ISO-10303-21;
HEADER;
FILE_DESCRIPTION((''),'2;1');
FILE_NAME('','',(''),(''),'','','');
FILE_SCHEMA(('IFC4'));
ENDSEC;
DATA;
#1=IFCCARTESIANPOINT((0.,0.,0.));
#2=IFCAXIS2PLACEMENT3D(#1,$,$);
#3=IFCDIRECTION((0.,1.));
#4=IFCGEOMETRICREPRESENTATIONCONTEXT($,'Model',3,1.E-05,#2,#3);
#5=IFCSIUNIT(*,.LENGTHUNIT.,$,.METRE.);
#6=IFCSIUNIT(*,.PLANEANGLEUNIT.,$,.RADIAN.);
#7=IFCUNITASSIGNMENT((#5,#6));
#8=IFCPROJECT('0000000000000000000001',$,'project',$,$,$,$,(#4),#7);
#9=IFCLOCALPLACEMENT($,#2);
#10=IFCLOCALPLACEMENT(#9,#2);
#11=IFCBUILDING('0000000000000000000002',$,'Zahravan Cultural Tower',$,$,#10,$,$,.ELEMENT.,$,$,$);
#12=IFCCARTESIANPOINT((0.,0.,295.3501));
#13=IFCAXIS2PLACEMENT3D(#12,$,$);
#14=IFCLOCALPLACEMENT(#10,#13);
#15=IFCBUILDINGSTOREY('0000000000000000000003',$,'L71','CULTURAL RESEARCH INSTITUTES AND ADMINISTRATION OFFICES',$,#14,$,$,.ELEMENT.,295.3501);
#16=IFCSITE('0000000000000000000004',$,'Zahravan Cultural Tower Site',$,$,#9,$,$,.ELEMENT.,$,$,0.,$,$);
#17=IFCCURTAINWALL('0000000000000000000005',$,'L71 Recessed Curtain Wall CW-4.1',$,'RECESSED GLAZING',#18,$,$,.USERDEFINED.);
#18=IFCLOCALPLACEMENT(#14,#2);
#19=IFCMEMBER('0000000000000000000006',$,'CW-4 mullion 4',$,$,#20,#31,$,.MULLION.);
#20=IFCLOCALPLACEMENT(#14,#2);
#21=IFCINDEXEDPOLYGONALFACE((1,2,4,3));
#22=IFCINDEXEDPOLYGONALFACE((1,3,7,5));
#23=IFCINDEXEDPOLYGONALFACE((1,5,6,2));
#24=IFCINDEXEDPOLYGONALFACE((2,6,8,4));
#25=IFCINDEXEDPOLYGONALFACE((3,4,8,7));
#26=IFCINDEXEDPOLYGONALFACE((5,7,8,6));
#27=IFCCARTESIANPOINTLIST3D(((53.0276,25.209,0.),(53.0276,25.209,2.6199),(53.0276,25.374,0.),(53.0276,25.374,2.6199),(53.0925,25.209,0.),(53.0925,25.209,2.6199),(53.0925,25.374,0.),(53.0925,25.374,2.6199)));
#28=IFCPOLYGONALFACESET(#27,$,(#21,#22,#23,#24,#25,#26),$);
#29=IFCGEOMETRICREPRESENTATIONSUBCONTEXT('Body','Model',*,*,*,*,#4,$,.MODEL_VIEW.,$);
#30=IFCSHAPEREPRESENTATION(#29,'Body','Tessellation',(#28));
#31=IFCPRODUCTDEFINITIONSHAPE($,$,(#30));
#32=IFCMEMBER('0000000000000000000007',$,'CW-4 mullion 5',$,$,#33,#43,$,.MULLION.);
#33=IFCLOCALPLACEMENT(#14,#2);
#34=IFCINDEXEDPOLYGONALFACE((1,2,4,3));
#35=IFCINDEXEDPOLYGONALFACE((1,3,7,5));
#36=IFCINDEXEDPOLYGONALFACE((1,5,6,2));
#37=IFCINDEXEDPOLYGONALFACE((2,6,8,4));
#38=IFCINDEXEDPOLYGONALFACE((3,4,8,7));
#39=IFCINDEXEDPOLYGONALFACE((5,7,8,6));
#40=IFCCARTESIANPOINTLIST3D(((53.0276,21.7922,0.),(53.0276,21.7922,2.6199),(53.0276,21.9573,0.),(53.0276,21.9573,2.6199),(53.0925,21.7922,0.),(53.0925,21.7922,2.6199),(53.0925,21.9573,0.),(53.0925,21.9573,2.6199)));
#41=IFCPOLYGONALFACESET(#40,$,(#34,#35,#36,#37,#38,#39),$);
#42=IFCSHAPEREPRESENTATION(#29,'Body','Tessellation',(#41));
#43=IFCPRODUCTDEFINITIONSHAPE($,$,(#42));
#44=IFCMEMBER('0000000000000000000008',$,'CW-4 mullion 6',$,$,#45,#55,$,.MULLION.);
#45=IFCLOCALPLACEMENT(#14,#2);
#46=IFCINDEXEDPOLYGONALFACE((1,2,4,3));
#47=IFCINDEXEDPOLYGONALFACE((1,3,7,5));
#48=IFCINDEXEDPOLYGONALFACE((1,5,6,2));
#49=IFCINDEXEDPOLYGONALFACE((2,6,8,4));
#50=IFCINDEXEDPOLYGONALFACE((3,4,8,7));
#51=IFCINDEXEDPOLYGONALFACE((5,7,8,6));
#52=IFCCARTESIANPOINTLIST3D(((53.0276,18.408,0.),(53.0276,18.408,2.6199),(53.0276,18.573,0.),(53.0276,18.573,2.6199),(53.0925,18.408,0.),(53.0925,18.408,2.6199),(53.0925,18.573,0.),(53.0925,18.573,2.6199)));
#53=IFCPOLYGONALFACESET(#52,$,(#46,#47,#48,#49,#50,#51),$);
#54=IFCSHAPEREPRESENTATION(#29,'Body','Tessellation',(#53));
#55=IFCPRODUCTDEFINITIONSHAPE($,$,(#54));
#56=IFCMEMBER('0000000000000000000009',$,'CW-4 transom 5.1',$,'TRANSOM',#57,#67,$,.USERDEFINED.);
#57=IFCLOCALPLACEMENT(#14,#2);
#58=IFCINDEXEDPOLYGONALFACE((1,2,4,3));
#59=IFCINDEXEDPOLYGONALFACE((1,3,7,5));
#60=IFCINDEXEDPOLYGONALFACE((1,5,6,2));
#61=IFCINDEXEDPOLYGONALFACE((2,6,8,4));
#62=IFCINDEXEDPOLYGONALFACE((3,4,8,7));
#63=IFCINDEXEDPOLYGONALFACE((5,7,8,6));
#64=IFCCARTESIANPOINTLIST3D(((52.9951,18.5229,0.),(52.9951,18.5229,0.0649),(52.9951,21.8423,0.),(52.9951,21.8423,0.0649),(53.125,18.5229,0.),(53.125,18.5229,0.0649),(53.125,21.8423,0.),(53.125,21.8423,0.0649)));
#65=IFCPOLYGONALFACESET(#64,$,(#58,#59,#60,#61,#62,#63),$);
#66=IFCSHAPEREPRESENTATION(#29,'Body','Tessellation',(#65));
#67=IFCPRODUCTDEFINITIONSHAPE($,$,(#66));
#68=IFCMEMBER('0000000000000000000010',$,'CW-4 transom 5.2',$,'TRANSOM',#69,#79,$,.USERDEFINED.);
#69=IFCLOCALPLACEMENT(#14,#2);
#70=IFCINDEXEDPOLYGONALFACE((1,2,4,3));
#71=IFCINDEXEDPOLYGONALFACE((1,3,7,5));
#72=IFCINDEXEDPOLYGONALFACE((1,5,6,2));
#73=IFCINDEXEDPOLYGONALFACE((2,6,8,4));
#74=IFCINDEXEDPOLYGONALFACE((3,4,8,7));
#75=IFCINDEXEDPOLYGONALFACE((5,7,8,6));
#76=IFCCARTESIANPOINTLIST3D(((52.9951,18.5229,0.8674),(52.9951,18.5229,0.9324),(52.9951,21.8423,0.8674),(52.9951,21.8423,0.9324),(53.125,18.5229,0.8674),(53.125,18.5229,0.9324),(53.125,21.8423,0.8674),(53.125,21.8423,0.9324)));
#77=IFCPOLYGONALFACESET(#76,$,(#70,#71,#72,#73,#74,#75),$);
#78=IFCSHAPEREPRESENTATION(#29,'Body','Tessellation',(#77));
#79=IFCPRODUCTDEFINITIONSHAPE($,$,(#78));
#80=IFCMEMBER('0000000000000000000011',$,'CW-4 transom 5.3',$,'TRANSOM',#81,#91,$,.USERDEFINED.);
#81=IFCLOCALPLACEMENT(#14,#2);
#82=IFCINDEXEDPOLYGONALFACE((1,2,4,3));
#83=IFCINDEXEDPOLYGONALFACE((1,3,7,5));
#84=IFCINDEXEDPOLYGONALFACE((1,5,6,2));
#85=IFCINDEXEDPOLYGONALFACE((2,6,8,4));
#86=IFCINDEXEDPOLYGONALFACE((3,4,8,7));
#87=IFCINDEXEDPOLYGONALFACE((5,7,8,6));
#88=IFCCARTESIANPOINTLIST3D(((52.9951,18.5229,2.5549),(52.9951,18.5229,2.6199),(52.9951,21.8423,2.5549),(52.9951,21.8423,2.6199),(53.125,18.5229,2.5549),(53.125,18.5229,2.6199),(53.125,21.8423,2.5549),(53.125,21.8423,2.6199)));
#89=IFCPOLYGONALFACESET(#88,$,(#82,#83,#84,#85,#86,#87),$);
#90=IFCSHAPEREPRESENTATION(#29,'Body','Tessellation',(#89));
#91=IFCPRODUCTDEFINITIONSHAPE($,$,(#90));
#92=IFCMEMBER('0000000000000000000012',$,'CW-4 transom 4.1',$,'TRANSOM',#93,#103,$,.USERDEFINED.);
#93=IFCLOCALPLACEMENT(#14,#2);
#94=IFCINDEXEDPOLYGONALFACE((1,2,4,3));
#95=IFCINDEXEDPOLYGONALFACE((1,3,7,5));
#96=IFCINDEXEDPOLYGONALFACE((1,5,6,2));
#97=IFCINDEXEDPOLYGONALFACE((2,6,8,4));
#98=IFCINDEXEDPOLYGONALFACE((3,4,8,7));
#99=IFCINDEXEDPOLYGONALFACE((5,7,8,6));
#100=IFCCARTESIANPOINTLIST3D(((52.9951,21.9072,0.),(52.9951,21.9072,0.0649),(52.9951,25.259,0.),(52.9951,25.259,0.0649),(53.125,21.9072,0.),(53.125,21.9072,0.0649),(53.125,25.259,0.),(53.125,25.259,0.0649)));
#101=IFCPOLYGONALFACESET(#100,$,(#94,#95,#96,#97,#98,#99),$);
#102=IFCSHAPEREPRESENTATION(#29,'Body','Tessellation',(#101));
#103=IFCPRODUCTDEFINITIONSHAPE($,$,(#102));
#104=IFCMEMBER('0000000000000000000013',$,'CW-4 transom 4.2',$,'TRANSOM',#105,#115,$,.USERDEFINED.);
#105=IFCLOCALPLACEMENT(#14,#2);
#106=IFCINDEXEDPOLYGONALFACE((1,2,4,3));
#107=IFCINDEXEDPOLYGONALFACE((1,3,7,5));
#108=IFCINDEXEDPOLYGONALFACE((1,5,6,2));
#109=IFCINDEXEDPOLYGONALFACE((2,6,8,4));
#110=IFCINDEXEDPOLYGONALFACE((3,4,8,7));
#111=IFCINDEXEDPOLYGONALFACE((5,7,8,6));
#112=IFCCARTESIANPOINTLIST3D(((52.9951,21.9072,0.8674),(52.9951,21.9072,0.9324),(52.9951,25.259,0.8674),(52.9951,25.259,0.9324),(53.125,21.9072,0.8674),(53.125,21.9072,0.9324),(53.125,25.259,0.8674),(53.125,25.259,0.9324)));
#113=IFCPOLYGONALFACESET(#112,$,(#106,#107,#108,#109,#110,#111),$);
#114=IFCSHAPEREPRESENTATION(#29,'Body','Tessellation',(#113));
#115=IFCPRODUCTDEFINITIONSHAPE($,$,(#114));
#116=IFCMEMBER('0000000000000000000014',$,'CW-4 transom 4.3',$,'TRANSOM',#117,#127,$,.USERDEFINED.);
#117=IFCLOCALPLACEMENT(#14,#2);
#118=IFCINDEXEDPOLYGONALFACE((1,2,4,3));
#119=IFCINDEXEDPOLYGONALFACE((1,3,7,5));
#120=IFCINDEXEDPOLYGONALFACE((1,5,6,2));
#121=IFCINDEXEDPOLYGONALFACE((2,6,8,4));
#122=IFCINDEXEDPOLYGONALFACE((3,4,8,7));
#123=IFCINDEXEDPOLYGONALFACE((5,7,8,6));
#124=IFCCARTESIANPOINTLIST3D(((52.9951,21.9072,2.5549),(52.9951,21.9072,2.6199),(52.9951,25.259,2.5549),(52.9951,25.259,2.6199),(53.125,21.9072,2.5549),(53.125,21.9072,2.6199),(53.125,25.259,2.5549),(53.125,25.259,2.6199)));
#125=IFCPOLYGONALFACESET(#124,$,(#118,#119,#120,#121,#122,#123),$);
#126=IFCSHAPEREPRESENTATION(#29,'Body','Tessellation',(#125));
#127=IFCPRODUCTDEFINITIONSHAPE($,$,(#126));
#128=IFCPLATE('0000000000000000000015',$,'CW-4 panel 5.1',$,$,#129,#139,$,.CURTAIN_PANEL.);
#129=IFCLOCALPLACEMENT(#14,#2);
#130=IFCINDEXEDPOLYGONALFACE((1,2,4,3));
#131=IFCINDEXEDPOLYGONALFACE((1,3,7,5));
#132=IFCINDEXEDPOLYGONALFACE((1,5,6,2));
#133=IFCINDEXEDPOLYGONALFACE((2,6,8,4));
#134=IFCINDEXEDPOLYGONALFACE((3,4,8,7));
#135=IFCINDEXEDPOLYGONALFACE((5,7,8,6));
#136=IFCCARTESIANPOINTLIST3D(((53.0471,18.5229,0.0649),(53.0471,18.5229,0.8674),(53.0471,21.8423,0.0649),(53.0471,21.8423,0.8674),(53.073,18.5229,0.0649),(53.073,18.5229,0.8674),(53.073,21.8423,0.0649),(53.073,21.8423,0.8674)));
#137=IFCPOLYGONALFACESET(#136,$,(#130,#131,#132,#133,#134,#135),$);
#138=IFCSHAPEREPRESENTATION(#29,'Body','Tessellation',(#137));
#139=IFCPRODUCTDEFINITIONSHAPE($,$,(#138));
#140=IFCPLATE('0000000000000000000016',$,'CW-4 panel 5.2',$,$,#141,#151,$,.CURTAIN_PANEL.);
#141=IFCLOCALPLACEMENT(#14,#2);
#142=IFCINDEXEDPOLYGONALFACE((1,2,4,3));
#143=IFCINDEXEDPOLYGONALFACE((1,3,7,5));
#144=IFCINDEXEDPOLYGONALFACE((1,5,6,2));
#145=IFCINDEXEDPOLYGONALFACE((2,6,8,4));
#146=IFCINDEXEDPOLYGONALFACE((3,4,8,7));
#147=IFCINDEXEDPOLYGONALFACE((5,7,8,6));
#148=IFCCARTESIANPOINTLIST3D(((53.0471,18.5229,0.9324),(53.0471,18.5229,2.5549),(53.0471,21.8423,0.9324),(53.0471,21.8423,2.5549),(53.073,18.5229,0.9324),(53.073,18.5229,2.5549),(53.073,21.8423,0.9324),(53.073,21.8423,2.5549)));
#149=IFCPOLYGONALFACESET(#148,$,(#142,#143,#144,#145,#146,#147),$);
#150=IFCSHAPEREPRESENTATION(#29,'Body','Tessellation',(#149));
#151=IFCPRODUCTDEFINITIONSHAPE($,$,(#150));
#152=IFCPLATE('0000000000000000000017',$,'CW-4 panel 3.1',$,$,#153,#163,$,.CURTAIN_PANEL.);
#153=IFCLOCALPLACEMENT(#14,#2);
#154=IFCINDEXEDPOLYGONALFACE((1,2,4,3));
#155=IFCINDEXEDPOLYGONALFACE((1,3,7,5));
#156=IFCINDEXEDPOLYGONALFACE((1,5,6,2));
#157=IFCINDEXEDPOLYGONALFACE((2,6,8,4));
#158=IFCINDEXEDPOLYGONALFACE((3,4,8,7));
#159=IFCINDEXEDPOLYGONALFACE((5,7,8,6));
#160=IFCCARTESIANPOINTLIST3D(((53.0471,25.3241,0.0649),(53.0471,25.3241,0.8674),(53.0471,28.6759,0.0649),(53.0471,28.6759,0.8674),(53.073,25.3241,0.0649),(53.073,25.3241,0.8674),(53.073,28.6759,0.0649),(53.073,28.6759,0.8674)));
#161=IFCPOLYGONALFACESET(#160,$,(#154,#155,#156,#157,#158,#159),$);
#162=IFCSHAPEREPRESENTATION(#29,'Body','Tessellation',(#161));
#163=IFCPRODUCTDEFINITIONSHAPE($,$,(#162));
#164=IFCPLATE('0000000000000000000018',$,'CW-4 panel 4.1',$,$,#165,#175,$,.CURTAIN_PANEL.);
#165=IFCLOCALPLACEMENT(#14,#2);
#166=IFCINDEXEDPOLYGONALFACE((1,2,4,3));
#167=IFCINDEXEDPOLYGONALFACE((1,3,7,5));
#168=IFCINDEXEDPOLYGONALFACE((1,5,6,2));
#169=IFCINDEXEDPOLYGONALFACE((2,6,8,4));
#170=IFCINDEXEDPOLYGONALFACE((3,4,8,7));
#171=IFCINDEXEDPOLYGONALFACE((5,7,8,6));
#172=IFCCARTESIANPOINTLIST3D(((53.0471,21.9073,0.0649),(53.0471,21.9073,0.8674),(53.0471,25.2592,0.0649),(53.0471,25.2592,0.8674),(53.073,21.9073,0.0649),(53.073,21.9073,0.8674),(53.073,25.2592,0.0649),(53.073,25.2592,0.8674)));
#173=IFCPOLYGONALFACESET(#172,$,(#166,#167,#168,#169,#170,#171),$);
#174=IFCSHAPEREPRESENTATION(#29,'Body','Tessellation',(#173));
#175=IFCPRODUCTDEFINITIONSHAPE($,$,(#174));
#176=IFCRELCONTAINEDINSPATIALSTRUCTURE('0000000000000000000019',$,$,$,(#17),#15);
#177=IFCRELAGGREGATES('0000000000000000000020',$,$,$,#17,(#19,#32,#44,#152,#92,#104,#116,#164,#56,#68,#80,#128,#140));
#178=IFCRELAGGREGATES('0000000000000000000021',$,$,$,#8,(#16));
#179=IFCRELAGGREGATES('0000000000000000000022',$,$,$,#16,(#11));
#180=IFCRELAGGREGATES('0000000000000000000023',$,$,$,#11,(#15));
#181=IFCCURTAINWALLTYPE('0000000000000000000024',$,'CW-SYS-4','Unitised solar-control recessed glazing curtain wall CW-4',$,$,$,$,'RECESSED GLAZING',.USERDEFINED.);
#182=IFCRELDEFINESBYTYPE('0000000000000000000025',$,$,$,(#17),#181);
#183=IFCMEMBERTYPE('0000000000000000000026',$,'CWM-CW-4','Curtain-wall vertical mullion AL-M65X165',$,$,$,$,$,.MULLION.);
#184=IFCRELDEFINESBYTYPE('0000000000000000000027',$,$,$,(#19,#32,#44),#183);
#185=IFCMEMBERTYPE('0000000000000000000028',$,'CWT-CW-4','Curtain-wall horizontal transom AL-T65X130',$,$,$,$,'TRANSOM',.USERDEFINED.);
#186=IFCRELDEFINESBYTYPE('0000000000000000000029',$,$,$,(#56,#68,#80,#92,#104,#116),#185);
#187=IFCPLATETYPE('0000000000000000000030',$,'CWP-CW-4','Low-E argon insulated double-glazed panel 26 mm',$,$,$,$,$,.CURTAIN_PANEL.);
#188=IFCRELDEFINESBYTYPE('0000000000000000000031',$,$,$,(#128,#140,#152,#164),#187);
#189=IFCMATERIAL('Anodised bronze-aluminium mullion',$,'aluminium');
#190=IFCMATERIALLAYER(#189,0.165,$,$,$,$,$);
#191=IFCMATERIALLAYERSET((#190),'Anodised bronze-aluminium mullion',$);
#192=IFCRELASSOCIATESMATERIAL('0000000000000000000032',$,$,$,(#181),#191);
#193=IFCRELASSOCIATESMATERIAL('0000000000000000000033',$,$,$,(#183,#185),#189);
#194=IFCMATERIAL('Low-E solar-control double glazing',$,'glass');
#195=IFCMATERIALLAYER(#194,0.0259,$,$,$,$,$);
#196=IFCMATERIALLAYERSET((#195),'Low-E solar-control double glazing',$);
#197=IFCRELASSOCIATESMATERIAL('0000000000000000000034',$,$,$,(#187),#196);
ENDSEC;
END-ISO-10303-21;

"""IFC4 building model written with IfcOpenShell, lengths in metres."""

from ifc_helpers import new_model, si_unit, direction, frame, origin, origin_2d, place, context, subcontext, project, spatial, rectangle, extrude, source, transform, mapped, material, layer, layer_set, material_profile, profile_set, type_object, element, aggregate, save


model = new_model("IFC4")

# Units and contexts
model_context = context("Model", 3, precision=1e-05, world=origin(), true_north=direction((0.0, 1.0)))
body_context = subcontext(model_context, "Body", "Model", "MODEL_VIEW")
ifc_project = project(units=[si_unit("LENGTHUNIT", "METRE"), si_unit("PLANEANGLEUNIT", "RADIAN")], contexts=[model_context])

# Site, building, storey
site_placement = place(None, origin())
site = spatial("IfcSite", under=ifc_project, at=site_placement, Name="Zahravan Cultural Tower Site", CompositionType="ELEMENT", RefElevation=0.0)
building_placement = place(site_placement, origin())
building = spatial("IfcBuilding", under=site, at=building_placement, Name="Zahravan Cultural Tower", CompositionType="ELEMENT")
storey_placement = place(building_placement, frame((0.0, 0.0, 295.3501)))
storey = spatial("IfcBuildingStorey", under=building, at=storey_placement, Name="L71", Description="CULTURAL RESEARCH INSTITUTES AND ADMINISTRATION OFFICES", CompositionType="ELEMENT", Elevation=295.3501)

# Curtain wall, members, plates
ifc_material_1 = material(Name="Anodised bronze-aluminium mullion", Category="aluminium")
ifc_layer_1 = layer(ifc_material_1, 0.165)
ifc_layer_set_1 = layer_set([ifc_layer_1], Name="Anodised bronze-aluminium mullion")
curtain_wall_type = type_object("IfcCurtainWallType", Name="CW-SYS-4", Description="Unitised solar-control recessed glazing curtain wall CW-4", ElementType="RECESSED GLAZING", PredefinedType="USERDEFINED", material=ifc_layer_set_1)
curtain_wall_placement = place(storey_placement, origin())
curtain_wall = element("IfcCurtainWall", 1, at=curtain_wall_placement, inside=storey, type_object=curtain_wall_type, Name="L71 Recessed Curtain Wall CW-4.1", ObjectType="RECESSED GLAZING", PredefinedType="USERDEFINED")
ifc_material_profile_1 = material_profile(ifc_material_1, rectangle(XDim=0.0649, YDim=0.165, at=origin_2d()), Name="AL-M65X165")
ifc_profile_set_1 = profile_set([ifc_material_profile_1], Name="Anodised bronze-aluminium mullion")
member_type_1 = type_object("IfcMemberType", Name="CWM-CW-4", Description="Curtain-wall vertical mullion AL-M65X165", PredefinedType="MULLION", material=ifc_profile_set_1)
shared_shape_1 = source(origin(), body_context, "Body", "SweptSolid", [
    extrude(rectangle(XDim=0.0649, YDim=0.165, at=origin_2d()), origin(), (0.0, 0.0, 1.0), 2.6199),
])
member_1_placement = place(storey_placement, frame((53.0601, 25.2915, 0.0), z_axis=(0.0, 0.0, 1.0), x_axis=(1.0, 0.0, 0.0)))
member_1 = element("IfcMember", 2, at=member_1_placement, type_object=member_type_1, Name="CW-4 mullion 4", PredefinedType="MULLION", context=body_context, shape_type="MappedRepresentation", body=[
    mapped(shared_shape_1, transform((0.0, 0.0, 0.0), x_axis=(1.0, 0.0, 0.0), y_axis=(0.0, 1.0, 0.0), z_axis=(0.0, 0.0, 1.0), scale=1.0)),
])
member_2_placement = place(storey_placement, frame((53.0601, 21.8748, 0.0), z_axis=(0.0, 0.0, 1.0), x_axis=(1.0, 0.0, 0.0)))
member_2 = element("IfcMember", 3, at=member_2_placement, type_object=member_type_1, Name="CW-4 mullion 5", PredefinedType="MULLION", context=body_context, shape_type="MappedRepresentation", body=[
    mapped(shared_shape_1, transform((0.0, 0.0, 0.0), x_axis=(1.0, 0.0, 0.0), y_axis=(0.0, 1.0, 0.0), z_axis=(0.0, 0.0, 1.0), scale=1.0)),
])
member_3_placement = place(storey_placement, frame((53.0601, 18.4905, 0.0), z_axis=(0.0, 0.0, 1.0), x_axis=(1.0, 0.0, 0.0)))
member_3 = element("IfcMember", 4, at=member_3_placement, type_object=member_type_1, Name="CW-4 mullion 6", PredefinedType="MULLION", context=body_context, shape_type="MappedRepresentation", body=[
    mapped(shared_shape_1, transform((0.0, 0.0, 0.0), x_axis=(1.0, 0.0, 0.0), y_axis=(0.0, 1.0, 0.0), z_axis=(0.0, 0.0, 1.0), scale=1.0)),
])
ifc_material_profile_2 = material_profile(ifc_material_1, rectangle(XDim=0.1299, YDim=0.0649, at=origin_2d()), Name="AL-T65X130")
ifc_profile_set_2 = profile_set([ifc_material_profile_2], Name="Anodised bronze-aluminium mullion")
member_type_2 = type_object("IfcMemberType", Name="CWT-CW-4", Description="Curtain-wall horizontal transom AL-T65X130", ElementType="TRANSOM", PredefinedType="USERDEFINED", material=ifc_profile_set_2)
shared_shape_2 = source(origin(), body_context, "Body", "SweptSolid", [
    extrude(rectangle(XDim=0.1299, YDim=0.0649, at=origin_2d()), origin(), (0.0, 0.0, 1.0), 3.3193),
])
member_4_placement = place(storey_placement, frame((53.0601, 21.8423, 0.0325), z_axis=(0.0, -1.0, 0.0), x_axis=(1.0, 0.0, 0.0)))
member_4 = element("IfcMember", 5, at=member_4_placement, type_object=member_type_2, Name="CW-4 transom 5.1", ObjectType="TRANSOM", PredefinedType="USERDEFINED", context=body_context, shape_type="MappedRepresentation", body=[
    mapped(shared_shape_2, transform((0.0, 0.0, 0.0), x_axis=(1.0, 0.0, 0.0), y_axis=(0.0, 1.0, 0.0), z_axis=(0.0, 0.0, 1.0), scale=1.0)),
])
member_5_placement = place(storey_placement, frame((53.0601, 21.8423, 0.8999), z_axis=(0.0, -1.0, 0.0), x_axis=(1.0, 0.0, 0.0)))
member_5 = element("IfcMember", 6, at=member_5_placement, type_object=member_type_2, Name="CW-4 transom 5.2", ObjectType="TRANSOM", PredefinedType="USERDEFINED", context=body_context, shape_type="MappedRepresentation", body=[
    mapped(shared_shape_2, transform((0.0, 0.0, 0.0), x_axis=(1.0, 0.0, 0.0), y_axis=(0.0, 1.0, 0.0), z_axis=(0.0, 0.0, 1.0), scale=1.0)),
])
member_6_placement = place(storey_placement, frame((53.0601, 21.8423, 2.5874), z_axis=(0.0, -1.0, 0.0), x_axis=(1.0, 0.0, 0.0)))
member_6 = element("IfcMember", 7, at=member_6_placement, type_object=member_type_2, Name="CW-4 transom 5.3", ObjectType="TRANSOM", PredefinedType="USERDEFINED", context=body_context, shape_type="MappedRepresentation", body=[
    mapped(shared_shape_2, transform((0.0, 0.0, 0.0), x_axis=(1.0, 0.0, 0.0), y_axis=(0.0, 1.0, 0.0), z_axis=(0.0, 0.0, 1.0), scale=1.0)),
])
shared_shape_3 = source(origin(), body_context, "Body", "SweptSolid", [
    extrude(rectangle(XDim=0.1299, YDim=0.0649, at=origin_2d()), origin(), (0.0, 0.0, 1.0), 3.3518),
])
member_7_placement = place(storey_placement, frame((53.0601, 25.259, 0.0325), z_axis=(0.0, -1.0, 0.0), x_axis=(1.0, 0.0, 0.0)))
member_7 = element("IfcMember", 8, at=member_7_placement, type_object=member_type_2, Name="CW-4 transom 4.1", ObjectType="TRANSOM", PredefinedType="USERDEFINED", context=body_context, shape_type="MappedRepresentation", body=[
    mapped(shared_shape_3, transform((0.0, 0.0, 0.0), x_axis=(1.0, 0.0, 0.0), y_axis=(0.0, 1.0, 0.0), z_axis=(0.0, 0.0, 1.0), scale=1.0)),
])
member_8_placement = place(storey_placement, frame((53.0601, 25.259, 0.8999), z_axis=(0.0, -1.0, 0.0), x_axis=(1.0, 0.0, 0.0)))
member_8 = element("IfcMember", 9, at=member_8_placement, type_object=member_type_2, Name="CW-4 transom 4.2", ObjectType="TRANSOM", PredefinedType="USERDEFINED", context=body_context, shape_type="MappedRepresentation", body=[
    mapped(shared_shape_3, transform((0.0, 0.0, 0.0), x_axis=(1.0, 0.0, 0.0), y_axis=(0.0, 1.0, 0.0), z_axis=(0.0, 0.0, 1.0), scale=1.0)),
])
member_9_placement = place(storey_placement, frame((53.0601, 25.259, 2.5874), z_axis=(0.0, -1.0, 0.0), x_axis=(1.0, 0.0, 0.0)))
member_9 = element("IfcMember", 10, at=member_9_placement, type_object=member_type_2, Name="CW-4 transom 4.3", ObjectType="TRANSOM", PredefinedType="USERDEFINED", context=body_context, shape_type="MappedRepresentation", body=[
    mapped(shared_shape_3, transform((0.0, 0.0, 0.0), x_axis=(1.0, 0.0, 0.0), y_axis=(0.0, 1.0, 0.0), z_axis=(0.0, 0.0, 1.0), scale=1.0)),
])
ifc_material_2 = material(Name="Low-E solar-control double glazing", Category="glass")
ifc_layer_2 = layer(ifc_material_2, 0.0259)
ifc_layer_set_2 = layer_set([ifc_layer_2], Name="Low-E solar-control double glazing")
plate_type = type_object("IfcPlateType", Name="CWP-CW-4", Description="Low-E argon insulated double-glazed panel 26 mm", PredefinedType="CURTAIN_PANEL", material=ifc_layer_set_2)
shared_shape_4 = source(origin(), body_context, "Body", "SweptSolid", [
    extrude(rectangle(XDim=3.3193, YDim=0.0259, at=origin_2d()), origin(), (0.0, 0.0, 1.0), 0.8025),
])
plate_1_placement = place(storey_placement, frame((53.0601, 20.1826, 0.0649), z_axis=(0.0, 0.0, 1.0), x_axis=(0.0, -1.0, 0.0)))
plate_1 = element("IfcPlate", 11, at=plate_1_placement, type_object=plate_type, Name="CW-4 panel 5.1", PredefinedType="CURTAIN_PANEL", context=body_context, shape_type="MappedRepresentation", body=[
    mapped(shared_shape_4, transform((0.0, 0.0, 0.0), x_axis=(1.0, 0.0, 0.0), y_axis=(0.0, 1.0, 0.0), z_axis=(0.0, 0.0, 1.0), scale=1.0)),
])
shared_shape_5 = source(origin(), body_context, "Body", "SweptSolid", [
    extrude(rectangle(XDim=3.3193, YDim=0.0259, at=origin_2d()), origin(), (0.0, 0.0, 1.0), 1.6226),
])
plate_2_placement = place(storey_placement, frame((53.0601, 20.1826, 0.9324), z_axis=(0.0, 0.0, 1.0), x_axis=(0.0, -1.0, 0.0)))
plate_2 = element("IfcPlate", 12, at=plate_2_placement, type_object=plate_type, Name="CW-4 panel 5.2", PredefinedType="CURTAIN_PANEL", context=body_context, shape_type="MappedRepresentation", body=[
    mapped(shared_shape_5, transform((0.0, 0.0, 0.0), x_axis=(1.0, 0.0, 0.0), y_axis=(0.0, 1.0, 0.0), z_axis=(0.0, 0.0, 1.0), scale=1.0)),
])
shared_shape_6 = source(origin(), body_context, "Body", "SweptSolid", [
    extrude(rectangle(XDim=3.3518, YDim=0.0259, at=origin_2d()), origin(), (0.0, 0.0, 1.0), 0.8025),
])
plate_3_placement = place(storey_placement, frame((53.0601, 27.0, 0.0649), z_axis=(0.0, 0.0, 1.0), x_axis=(0.0, -1.0, 0.0)))
plate_3 = element("IfcPlate", 13, at=plate_3_placement, type_object=plate_type, Name="CW-4 panel 3.1", PredefinedType="CURTAIN_PANEL", context=body_context, shape_type="MappedRepresentation", body=[
    mapped(shared_shape_6, transform((0.0, 0.0, 0.0), x_axis=(1.0, 0.0, 0.0), y_axis=(0.0, 1.0, 0.0), z_axis=(0.0, 0.0, 1.0), scale=1.0)),
])
plate_4_placement = place(storey_placement, frame((53.0601, 23.5833, 0.0649), z_axis=(0.0, 0.0, 1.0), x_axis=(0.0, -1.0, 0.0)))
plate_4 = element("IfcPlate", 14, at=plate_4_placement, type_object=plate_type, Name="CW-4 panel 4.1", PredefinedType="CURTAIN_PANEL", context=body_context, shape_type="MappedRepresentation", body=[
    mapped(shared_shape_6, transform((0.0, 0.0, 0.0), x_axis=(1.0, 0.0, 0.0), y_axis=(0.0, 1.0, 0.0), z_axis=(0.0, 0.0, 1.0), scale=1.0)),
])
aggregate(curtain_wall, [member_1, member_2, member_3, plate_3, member_7, member_8, member_9, plate_4, member_4, member_5, member_6, plate_1, plate_2])

save(model, "model.ifc")
